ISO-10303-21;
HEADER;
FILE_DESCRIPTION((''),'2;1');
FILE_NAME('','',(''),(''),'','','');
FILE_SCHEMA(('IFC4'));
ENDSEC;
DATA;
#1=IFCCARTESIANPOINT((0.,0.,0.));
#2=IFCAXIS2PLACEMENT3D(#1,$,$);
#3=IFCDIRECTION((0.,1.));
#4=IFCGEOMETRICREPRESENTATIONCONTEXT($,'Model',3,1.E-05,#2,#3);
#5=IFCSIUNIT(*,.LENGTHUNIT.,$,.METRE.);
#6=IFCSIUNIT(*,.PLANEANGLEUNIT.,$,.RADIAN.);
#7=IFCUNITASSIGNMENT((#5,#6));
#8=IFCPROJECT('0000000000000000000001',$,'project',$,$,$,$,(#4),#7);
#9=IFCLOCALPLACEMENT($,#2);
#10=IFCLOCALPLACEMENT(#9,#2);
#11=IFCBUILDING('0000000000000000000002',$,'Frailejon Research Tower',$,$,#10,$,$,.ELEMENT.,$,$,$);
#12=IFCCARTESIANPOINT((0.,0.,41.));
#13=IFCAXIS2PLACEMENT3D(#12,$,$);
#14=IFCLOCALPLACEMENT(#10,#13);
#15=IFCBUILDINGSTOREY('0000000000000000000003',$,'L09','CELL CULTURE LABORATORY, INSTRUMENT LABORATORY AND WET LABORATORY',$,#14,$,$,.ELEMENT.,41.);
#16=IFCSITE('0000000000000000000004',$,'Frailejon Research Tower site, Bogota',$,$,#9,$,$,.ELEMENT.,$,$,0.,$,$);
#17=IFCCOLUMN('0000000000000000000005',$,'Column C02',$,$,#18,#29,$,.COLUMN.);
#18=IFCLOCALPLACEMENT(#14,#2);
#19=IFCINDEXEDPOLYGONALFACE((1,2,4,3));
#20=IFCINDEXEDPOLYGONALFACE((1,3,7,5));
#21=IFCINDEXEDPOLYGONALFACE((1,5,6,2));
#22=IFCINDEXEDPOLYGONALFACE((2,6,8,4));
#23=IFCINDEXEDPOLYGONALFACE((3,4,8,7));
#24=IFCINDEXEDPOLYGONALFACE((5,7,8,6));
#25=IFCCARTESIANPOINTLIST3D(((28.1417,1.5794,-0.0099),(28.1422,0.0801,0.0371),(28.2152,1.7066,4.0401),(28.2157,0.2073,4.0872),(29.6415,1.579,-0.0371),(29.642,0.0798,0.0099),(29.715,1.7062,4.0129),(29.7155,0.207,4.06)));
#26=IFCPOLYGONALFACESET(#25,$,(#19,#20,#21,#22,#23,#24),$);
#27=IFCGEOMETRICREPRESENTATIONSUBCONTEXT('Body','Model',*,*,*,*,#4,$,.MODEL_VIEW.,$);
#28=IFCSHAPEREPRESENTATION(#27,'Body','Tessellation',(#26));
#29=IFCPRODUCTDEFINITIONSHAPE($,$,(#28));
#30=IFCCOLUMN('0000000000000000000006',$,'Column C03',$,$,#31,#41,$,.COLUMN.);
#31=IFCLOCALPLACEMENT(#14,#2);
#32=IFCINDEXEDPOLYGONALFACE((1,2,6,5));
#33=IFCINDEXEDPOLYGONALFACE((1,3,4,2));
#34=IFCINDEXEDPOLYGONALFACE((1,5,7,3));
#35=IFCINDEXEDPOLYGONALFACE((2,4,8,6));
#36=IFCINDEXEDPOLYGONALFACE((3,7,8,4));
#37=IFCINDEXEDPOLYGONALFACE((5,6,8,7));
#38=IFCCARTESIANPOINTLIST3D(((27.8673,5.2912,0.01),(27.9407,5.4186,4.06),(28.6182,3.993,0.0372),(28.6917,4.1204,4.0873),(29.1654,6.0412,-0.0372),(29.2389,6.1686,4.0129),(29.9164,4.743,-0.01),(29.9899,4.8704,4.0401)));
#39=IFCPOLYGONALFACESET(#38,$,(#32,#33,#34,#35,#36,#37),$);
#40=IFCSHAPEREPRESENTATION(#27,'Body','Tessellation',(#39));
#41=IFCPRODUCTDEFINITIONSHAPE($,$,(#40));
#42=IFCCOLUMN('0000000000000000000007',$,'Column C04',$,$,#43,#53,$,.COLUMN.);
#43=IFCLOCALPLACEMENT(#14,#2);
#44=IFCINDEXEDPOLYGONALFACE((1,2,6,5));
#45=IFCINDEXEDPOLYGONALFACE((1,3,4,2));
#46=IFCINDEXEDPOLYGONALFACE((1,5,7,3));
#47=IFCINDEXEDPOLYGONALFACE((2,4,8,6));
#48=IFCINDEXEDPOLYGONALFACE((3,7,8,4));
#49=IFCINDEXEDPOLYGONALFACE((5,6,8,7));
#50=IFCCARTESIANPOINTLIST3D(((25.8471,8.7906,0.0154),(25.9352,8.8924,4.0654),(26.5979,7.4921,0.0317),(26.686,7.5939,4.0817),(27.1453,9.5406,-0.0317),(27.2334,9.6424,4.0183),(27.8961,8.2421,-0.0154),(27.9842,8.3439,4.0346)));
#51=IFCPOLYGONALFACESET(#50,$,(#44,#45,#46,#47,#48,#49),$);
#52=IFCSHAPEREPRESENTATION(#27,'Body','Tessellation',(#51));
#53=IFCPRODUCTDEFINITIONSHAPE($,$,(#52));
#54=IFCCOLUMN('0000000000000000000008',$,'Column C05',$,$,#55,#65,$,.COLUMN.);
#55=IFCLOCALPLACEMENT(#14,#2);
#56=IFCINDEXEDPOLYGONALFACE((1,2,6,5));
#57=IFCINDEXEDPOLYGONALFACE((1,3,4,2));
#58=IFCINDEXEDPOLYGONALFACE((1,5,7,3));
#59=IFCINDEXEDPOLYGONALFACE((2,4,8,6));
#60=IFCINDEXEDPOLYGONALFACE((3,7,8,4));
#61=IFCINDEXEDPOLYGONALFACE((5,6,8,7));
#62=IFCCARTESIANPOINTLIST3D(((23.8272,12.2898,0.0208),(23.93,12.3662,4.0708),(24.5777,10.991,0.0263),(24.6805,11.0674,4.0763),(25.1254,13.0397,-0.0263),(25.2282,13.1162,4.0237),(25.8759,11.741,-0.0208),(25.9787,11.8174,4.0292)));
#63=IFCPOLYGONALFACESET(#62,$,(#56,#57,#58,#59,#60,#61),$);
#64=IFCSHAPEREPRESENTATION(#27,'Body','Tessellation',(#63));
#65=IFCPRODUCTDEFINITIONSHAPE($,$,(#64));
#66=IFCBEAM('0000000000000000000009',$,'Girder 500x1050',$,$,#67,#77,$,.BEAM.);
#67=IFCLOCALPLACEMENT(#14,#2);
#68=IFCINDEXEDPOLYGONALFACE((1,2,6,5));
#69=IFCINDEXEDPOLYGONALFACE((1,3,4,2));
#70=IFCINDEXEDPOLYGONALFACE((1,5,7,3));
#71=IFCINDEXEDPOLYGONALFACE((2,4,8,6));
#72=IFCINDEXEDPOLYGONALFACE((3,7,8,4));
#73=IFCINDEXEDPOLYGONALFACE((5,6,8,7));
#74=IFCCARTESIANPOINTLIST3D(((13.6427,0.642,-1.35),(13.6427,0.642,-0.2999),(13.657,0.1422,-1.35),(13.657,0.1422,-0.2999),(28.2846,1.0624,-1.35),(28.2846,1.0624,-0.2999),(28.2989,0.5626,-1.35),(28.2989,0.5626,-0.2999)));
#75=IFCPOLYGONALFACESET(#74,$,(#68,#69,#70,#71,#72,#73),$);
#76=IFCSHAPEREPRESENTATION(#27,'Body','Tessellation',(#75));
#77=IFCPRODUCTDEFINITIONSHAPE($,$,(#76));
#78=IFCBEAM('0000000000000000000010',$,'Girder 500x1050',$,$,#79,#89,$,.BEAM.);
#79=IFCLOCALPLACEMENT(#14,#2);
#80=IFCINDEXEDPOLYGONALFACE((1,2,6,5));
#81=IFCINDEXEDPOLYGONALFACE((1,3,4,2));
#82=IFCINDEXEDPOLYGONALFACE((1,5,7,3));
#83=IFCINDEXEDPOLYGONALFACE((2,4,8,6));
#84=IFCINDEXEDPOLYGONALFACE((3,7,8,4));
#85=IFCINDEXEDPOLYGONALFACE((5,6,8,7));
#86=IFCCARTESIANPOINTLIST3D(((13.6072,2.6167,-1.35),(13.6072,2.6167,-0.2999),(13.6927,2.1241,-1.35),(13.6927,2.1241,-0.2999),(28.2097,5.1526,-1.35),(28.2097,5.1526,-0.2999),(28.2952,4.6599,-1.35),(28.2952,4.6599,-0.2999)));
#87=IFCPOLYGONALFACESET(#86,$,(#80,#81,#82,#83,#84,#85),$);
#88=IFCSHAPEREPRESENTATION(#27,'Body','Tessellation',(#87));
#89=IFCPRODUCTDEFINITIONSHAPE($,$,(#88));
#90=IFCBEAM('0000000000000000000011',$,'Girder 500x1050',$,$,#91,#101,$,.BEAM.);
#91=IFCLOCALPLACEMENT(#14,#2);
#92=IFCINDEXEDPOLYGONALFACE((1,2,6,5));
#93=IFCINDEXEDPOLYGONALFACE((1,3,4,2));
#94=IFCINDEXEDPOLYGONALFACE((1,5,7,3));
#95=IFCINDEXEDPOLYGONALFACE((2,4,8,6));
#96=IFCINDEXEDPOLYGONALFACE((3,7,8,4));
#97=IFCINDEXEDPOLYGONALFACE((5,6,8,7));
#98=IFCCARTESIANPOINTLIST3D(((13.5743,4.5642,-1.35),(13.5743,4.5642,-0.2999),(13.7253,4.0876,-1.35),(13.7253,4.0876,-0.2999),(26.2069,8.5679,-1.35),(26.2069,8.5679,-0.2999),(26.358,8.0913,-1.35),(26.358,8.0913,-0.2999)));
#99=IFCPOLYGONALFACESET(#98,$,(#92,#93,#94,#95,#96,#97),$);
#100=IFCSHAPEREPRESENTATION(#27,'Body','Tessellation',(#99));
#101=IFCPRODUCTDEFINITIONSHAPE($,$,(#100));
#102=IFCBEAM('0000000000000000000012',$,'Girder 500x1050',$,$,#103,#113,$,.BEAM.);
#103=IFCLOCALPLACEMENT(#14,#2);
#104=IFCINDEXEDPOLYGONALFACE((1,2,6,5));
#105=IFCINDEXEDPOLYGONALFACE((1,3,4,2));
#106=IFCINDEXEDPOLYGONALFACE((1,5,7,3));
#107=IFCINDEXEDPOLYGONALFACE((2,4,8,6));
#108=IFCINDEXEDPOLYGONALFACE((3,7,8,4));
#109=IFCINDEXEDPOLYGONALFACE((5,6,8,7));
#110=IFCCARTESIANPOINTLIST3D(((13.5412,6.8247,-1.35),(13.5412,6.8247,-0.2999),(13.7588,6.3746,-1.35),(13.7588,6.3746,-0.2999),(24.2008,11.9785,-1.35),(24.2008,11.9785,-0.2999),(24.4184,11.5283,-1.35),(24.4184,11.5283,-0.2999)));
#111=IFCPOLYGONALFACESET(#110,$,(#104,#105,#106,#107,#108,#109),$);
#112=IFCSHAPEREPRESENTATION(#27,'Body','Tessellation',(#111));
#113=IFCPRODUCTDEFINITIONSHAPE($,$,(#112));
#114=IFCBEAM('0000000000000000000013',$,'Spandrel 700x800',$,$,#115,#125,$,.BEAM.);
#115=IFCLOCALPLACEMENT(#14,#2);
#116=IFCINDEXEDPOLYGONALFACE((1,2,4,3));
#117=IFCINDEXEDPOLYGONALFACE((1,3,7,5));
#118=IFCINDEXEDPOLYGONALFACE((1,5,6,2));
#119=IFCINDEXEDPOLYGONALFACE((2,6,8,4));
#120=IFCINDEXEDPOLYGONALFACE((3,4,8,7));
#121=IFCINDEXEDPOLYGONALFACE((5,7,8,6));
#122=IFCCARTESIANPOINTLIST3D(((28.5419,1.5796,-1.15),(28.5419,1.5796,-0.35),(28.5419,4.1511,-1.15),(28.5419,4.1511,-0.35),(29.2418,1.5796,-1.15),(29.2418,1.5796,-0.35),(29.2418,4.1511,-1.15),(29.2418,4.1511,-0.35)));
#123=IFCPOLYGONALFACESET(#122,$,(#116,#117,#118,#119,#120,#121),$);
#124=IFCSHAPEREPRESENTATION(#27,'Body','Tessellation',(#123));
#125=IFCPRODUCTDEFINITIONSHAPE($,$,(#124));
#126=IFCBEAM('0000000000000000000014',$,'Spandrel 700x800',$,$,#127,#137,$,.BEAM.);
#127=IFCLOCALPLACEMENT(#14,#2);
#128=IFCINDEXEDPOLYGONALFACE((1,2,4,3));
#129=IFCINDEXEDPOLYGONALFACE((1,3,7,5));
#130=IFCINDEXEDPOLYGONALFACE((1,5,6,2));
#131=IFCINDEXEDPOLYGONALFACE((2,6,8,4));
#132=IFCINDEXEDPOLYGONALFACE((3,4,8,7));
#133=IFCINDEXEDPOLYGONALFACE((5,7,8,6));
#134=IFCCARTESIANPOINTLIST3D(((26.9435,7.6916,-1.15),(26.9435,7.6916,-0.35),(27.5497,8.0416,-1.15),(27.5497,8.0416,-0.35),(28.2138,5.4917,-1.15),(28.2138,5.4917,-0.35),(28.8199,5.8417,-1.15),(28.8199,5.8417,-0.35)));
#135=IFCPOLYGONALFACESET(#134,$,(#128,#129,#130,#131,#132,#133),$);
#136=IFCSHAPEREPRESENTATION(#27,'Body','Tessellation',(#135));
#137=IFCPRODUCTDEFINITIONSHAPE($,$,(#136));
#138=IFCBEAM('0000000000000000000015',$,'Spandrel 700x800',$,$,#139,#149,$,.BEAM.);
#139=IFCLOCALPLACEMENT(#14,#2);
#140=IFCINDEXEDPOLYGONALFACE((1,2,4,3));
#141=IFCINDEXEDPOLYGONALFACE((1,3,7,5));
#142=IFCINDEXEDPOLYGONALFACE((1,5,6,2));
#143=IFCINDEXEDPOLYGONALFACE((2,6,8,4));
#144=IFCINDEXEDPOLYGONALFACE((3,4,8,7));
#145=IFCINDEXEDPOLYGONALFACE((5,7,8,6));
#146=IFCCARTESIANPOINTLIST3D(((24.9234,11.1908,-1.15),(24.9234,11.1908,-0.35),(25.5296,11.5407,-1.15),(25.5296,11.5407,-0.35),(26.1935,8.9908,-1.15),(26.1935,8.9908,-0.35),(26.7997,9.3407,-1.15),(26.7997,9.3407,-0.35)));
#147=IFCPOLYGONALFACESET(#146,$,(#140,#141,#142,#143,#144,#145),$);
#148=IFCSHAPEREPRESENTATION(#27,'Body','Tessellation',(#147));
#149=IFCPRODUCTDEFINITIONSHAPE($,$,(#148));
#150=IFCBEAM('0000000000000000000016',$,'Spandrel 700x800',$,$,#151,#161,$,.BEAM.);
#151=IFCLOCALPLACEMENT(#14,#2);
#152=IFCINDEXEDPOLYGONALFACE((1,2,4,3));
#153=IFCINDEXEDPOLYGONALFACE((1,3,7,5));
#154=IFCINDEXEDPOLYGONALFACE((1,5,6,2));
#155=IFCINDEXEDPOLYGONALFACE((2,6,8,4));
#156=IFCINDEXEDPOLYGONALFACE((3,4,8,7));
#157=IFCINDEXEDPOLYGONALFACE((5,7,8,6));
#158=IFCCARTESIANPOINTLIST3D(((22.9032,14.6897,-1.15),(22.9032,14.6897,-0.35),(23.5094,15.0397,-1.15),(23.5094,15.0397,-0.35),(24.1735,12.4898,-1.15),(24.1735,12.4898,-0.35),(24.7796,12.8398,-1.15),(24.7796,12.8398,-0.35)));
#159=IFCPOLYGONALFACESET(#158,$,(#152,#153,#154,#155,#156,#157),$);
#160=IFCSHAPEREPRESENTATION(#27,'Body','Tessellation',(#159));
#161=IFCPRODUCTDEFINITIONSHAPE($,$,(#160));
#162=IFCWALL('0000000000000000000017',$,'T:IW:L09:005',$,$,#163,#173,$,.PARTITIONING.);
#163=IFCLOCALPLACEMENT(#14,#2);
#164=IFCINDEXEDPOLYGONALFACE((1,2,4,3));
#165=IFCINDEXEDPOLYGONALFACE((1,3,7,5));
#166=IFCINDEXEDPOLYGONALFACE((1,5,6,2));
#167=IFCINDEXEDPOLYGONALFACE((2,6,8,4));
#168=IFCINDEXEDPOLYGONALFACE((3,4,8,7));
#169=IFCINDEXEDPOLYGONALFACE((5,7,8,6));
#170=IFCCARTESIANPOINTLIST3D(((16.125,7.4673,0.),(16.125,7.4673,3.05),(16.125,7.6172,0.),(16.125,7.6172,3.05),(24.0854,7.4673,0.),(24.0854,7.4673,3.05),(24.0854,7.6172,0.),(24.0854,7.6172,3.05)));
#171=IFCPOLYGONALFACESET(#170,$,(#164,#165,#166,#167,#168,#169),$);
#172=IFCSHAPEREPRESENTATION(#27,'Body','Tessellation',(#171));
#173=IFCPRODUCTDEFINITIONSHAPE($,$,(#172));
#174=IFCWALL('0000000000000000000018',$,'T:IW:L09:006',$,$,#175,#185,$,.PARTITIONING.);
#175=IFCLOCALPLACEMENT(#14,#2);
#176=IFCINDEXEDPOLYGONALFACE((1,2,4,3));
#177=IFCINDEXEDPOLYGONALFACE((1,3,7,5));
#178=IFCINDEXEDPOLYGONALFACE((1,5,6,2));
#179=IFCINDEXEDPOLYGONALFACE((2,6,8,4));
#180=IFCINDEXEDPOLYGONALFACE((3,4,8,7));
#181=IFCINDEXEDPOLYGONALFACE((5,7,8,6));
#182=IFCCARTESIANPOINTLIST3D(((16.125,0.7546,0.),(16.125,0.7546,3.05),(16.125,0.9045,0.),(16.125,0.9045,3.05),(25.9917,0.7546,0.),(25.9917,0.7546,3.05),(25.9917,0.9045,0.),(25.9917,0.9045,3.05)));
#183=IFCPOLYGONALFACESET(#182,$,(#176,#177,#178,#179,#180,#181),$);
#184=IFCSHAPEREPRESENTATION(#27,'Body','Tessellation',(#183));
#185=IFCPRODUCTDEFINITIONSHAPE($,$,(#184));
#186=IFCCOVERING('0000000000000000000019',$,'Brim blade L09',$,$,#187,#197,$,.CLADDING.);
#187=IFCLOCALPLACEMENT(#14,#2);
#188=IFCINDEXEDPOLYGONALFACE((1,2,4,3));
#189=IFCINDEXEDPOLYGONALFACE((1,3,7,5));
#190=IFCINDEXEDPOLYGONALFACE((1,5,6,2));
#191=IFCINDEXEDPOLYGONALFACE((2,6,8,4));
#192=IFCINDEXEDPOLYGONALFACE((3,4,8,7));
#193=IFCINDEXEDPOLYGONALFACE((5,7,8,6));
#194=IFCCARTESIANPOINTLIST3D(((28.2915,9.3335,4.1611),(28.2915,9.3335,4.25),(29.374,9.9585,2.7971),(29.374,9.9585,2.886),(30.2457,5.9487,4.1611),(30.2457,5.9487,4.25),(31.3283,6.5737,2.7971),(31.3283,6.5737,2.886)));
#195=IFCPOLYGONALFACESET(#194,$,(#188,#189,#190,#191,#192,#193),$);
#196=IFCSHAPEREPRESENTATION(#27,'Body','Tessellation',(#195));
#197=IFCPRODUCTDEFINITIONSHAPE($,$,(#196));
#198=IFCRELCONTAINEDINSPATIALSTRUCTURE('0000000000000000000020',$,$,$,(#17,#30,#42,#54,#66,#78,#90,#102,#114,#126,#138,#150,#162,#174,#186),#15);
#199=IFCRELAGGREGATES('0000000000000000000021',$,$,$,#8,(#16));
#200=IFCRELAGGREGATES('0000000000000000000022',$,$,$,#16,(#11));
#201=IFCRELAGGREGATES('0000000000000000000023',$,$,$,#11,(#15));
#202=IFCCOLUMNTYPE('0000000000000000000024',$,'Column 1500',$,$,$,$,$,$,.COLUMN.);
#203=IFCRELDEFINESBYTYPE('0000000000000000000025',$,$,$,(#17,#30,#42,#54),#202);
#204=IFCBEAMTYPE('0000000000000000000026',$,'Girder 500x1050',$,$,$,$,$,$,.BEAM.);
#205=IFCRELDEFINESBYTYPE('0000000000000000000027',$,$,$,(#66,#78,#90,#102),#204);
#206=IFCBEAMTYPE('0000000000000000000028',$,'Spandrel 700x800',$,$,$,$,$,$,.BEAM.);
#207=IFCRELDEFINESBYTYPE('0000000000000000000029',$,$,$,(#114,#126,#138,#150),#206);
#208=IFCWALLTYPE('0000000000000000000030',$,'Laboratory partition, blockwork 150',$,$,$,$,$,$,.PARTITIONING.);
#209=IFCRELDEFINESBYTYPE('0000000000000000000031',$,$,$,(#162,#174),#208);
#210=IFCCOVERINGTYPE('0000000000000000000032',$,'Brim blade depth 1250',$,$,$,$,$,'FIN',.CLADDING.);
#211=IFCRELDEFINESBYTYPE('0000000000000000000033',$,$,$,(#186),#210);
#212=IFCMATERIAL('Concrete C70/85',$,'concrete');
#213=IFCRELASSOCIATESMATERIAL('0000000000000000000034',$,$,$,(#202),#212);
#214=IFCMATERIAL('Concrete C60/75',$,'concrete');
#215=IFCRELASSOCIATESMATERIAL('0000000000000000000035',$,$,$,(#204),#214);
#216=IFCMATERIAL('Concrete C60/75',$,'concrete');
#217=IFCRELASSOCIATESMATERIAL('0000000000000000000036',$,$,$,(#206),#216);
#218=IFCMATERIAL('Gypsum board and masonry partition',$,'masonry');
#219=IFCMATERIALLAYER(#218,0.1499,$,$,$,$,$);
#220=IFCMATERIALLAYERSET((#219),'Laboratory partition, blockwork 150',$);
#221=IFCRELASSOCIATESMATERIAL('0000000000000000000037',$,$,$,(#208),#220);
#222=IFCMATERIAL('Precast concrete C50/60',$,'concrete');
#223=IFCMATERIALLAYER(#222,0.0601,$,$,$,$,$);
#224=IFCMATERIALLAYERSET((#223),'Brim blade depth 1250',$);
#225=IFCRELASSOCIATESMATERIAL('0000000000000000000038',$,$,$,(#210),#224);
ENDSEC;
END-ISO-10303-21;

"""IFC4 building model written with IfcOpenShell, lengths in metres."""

from ifc_helpers import new_model, si_unit, direction, frame, frame_2d, origin, origin_2d, place, context, subcontext, project, spatial, polyline, rectangle, outline, extrude, material, layer, layer_set, material_profile, profile_set, type_object, element, save


model = new_model("IFC4")

# Units and contexts
model_context = context("Model", 3, precision=1e-05, world=origin(), true_north=direction((0.0, 1.0)))
body_context = subcontext(model_context, "Body", "Model", "MODEL_VIEW")
ifc_project = project(units=[si_unit("LENGTHUNIT", "METRE"), si_unit("PLANEANGLEUNIT", "RADIAN")], contexts=[model_context])

# Site, building, storey
site_placement = place(None, origin())
site = spatial("IfcSite", under=ifc_project, at=site_placement, Name="Frailejon Research Tower site, Bogota", CompositionType="ELEMENT", RefElevation=0.0)
building_placement = place(site_placement, origin())
building = spatial("IfcBuilding", under=site, at=building_placement, Name="Frailejon Research Tower", CompositionType="ELEMENT")
storey_placement = place(building_placement, frame((0.0, 0.0, 41.0)))
storey = spatial("IfcBuildingStorey", under=building, at=storey_placement, Name="L09", Description="CELL CULTURE LABORATORY, INSTRUMENT LABORATORY AND WET LABORATORY", CompositionType="ELEMENT", Elevation=41.0)

# Columns
ifc_material_1 = material(Name="Concrete C70/85", Category="concrete")
ifc_material_profile_1 = material_profile(ifc_material_1, rectangle(XDim=1.5, YDim=1.5, at=origin_2d()), Name="Column 1500")
ifc_profile_set_1 = profile_set([ifc_material_profile_1], Name="Concrete C70/85")
column_type = type_object("IfcColumnType", Name="Column 1500", PredefinedType="COLUMN", material=ifc_profile_set_1)
for number, where, z_axis, x_axis, name in (
    (1, (28.8918, 0.8296, 0.0), (0.018133, 0.031386, 0.999343), (-0.000336, 0.999507, -0.031385), "Column C02"),
    (2, (28.8918, 5.0171, 0.0), (0.018133, 0.031446, 0.999341), (-0.500658, 0.865455, -0.018149), "Column C03"),
):
    element("IfcColumn", number, at=place(storey_placement, frame(where, z_axis=z_axis, x_axis=x_axis)), inside=storey, type_object=column_type, Name=name, PredefinedType="COLUMN", context=body_context, shape_type="SweptSolid", body=[
        extrude(rectangle(XDim=1.5, YDim=1.5, at=origin_2d()), origin(), (0.0, 0.0, 1.0), 4.0527),
    ])
column_1_placement = place(storey_placement, frame((26.8716, 8.5164, 0.0), z_axis=(0.021749, 0.025123, 0.999448), x_axis=(-0.500502, 0.865667, -0.010869)))
element("IfcColumn", 3, at=column_1_placement, inside=storey, type_object=column_type, Name="Column C04", PredefinedType="COLUMN", context=body_context, shape_type="SweptSolid", body=[
    extrude(rectangle(XDim=1.5, YDim=1.5, at=origin_2d()), origin(), (0.0, 0.0, 1.0), 4.0522),
])
column_2_placement = place(storey_placement, frame((24.8516, 12.0154, 0.0), z_axis=(0.025366, 0.018858, 0.9995), x_axis=(-0.500322, 0.865832, -0.003639)))
element("IfcColumn", 4, at=column_2_placement, inside=storey, type_object=column_type, Name="Column C05", PredefinedType="COLUMN", context=body_context, shape_type="SweptSolid", body=[
    extrude(rectangle(XDim=1.5, YDim=1.5, at=origin_2d()), origin(), (0.0, 0.0, 1.0), 4.052),
])

# Beams
ifc_material_2 = material(Name="Concrete C60/75", Category="concrete")
ifc_material_profile_2 = material_profile(ifc_material_2, rectangle(XDim=0.5, YDim=1.05, at=origin_2d()), Name="Girder 500x1050")
ifc_profile_set_2 = profile_set([ifc_material_profile_2], Name="Concrete C60/75")
beam_type_1 = type_object("IfcBeamType", Name="Girder 500x1050", PredefinedType="BEAM", material=ifc_profile_set_2)
beam_1_placement = place(storey_placement, frame((28.2917, 0.8125, -0.825), z_axis=(-0.999588, -0.028701, 0.0), x_axis=(0.028701, -0.999588, 0.0)))
element("IfcBeam", 5, at=beam_1_placement, inside=storey, type_object=beam_type_1, Name="Girder 500x1050", PredefinedType="BEAM", context=body_context, shape_type="SweptSolid", body=[
    extrude(rectangle(XDim=0.5, YDim=1.05, at=origin_2d()), origin(), (0.0, 0.0, 1.0), 14.6479),
])
beam_2_placement = place(storey_placement, frame((28.2524, 4.9062, -0.825), z_axis=(-0.985254, -0.1711, 0.0), x_axis=(0.1711, -0.985254, 0.0)))
element("IfcBeam", 6, at=beam_2_placement, inside=storey, type_object=beam_type_1, Name="Girder 500x1050", PredefinedType="BEAM", context=body_context, shape_type="SweptSolid", body=[
    extrude(rectangle(XDim=0.5, YDim=1.05, at=origin_2d()), origin(), (0.0, 0.0, 1.0), 14.821),
])
beam_3_placement = place(storey_placement, frame((26.2825, 8.3296, -0.825), z_axis=(-0.953269, -0.302121, 0.0), x_axis=(0.302121, -0.953269, 0.0)))
element("IfcBeam", 7, at=beam_3_placement, inside=storey, type_object=beam_type_1, Name="Girder 500x1050", PredefinedType="BEAM", context=body_context, shape_type="SweptSolid", body=[
    extrude(rectangle(XDim=0.5, YDim=1.05, at=origin_2d()), origin(), (0.0, 0.0, 1.0), 13.252),
])
beam_4_placement = place(storey_placement, frame((24.3096, 11.7534, -0.825), z_axis=(-0.900295, -0.435281, 0.0), x_axis=(0.435281, -0.900295, 0.0)))
element("IfcBeam", 8, at=beam_4_placement, inside=storey, type_object=beam_type_1, Name="Girder 500x1050", PredefinedType="BEAM", context=body_context, shape_type="SweptSolid", body=[
    extrude(rectangle(XDim=0.5, YDim=1.05, at=origin_2d()), origin(), (0.0, 0.0, 1.0), 11.8401),
])
ifc_material_3 = material(Name="Concrete C60/75", Category="concrete")
ifc_material_profile_3 = material_profile(ifc_material_3, rectangle(XDim=0.7, YDim=0.8, at=origin_2d()), Name="Spandrel 700x800")
ifc_profile_set_3 = profile_set([ifc_material_profile_3], Name="Concrete C60/75")
beam_type_2 = type_object("IfcBeamType", Name="Spandrel 700x800", PredefinedType="BEAM", material=ifc_profile_set_3)
beam_5_placement = place(storey_placement, frame((28.8918, 1.5796, -0.75), z_axis=(0.0, 1.0, 0.0), x_axis=(-1.0, 0.0, 0.0)))
element("IfcBeam", 9, at=beam_5_placement, inside=storey, type_object=beam_type_2, Name="Spandrel 700x800", PredefinedType="BEAM", context=body_context, shape_type="SweptSolid", body=[
    extrude(rectangle(XDim=0.7, YDim=0.8, at=origin_2d()), origin(), (0.0, 0.0, 1.0), 2.5715),
])
for number, where, z_axis, x_axis, name in (
    (10, (28.5168, 5.6667, -0.75), (-0.500036, 0.866005, 0.0), (-0.866005, -0.500036, 0.0), "Spandrel 700x800"),
    (11, (26.4966, 9.1658, -0.75), (-0.499964, 0.866046, 0.0), (-0.866046, -0.499964, 0.0), "Spandrel 700x800"),
    (12, (24.4766, 12.6648, -0.75), (-0.500036, 0.866005, 0.0), (-0.866005, -0.500036, 0.0), "Spandrel 700x800"),
):
    element("IfcBeam", number, at=place(storey_placement, frame(where, z_axis=z_axis, x_axis=x_axis)), inside=storey, type_object=beam_type_2, Name=name, PredefinedType="BEAM", context=body_context, shape_type="SweptSolid", body=[
        extrude(rectangle(XDim=0.7, YDim=0.8, at=origin_2d()), origin(), (0.0, 0.0, 1.0), 2.5403),
    ])

# Walls
ifc_material_4 = material(Name="Gypsum board and masonry partition", Category="masonry")
ifc_layer_1 = layer(ifc_material_4, 0.1499)
ifc_layer_set_1 = layer_set([ifc_layer_1], Name="Laboratory partition, blockwork 150")
wall_type_1 = type_object("IfcWallType", Name="Laboratory partition, blockwork 150", PredefinedType="PARTITIONING", material=ifc_layer_set_1)
wall_1_placement = place(storey_placement, frame((16.125, 7.5422, 0.0), z_axis=(0.0, 0.0, 1.0), x_axis=(1.0, 0.0, 0.0)))
element("IfcWall", 13, at=wall_1_placement, inside=storey, type_object=wall_type_1, Name="T:IW:L09:005", PredefinedType="PARTITIONING", context=body_context, shape_type="SweptSolid", body=[
    extrude(rectangle(XDim=7.9604, YDim=0.1499, at=frame_2d((3.9802, 0.0))), origin(), (0.0, 0.0, 1.0), 3.05),
])
wall_2_placement = place(storey_placement, frame((16.125, 0.8296, 0.0), z_axis=(0.0, 0.0, 1.0), x_axis=(1.0, 0.0, 0.0)))
element("IfcWall", 14, at=wall_2_placement, inside=storey, type_object=wall_type_1, Name="T:IW:L09:006", PredefinedType="PARTITIONING", context=body_context, shape_type="SweptSolid", body=[
    extrude(rectangle(XDim=9.8667, YDim=0.1499, at=frame_2d((4.9333, 0.0))), origin(), (0.0, 0.0, 1.0), 3.05),
])

# Covering
ifc_material_5 = material(Name="Precast concrete C50/60", Category="concrete")
ifc_layer_2 = layer(ifc_material_5, 0.0601)
ifc_layer_set_2 = layer_set([ifc_layer_2], Name="Brim blade depth 1250")
covering_type_1 = type_object("IfcCoveringType", Name="Brim blade depth 1250", ElementType="FIN", PredefinedType="CLADDING", material=ifc_layer_set_2)
covering_1_placement = place(storey_placement, frame((28.2915, 9.3335, 4.25), z_axis=(0.499997, -0.866027, 0.0), x_axis=(0.866027, 0.499997, 0.0)))
element("IfcCovering", 15, at=covering_1_placement, inside=storey, type_object=covering_type_1, Name="Brim blade L09", PredefinedType="CLADDING", context=body_context, shape_type="SweptSolid", body=[
    extrude(outline(polyline([(0.0, -0.0889), (1.25, -1.4529), (1.25, -1.364), (0.0, 0.0), (0.0, -0.0889)])), origin(), (0.0, 0.0, 1.0), 3.9084),
])

save(model, "model.ifc")
